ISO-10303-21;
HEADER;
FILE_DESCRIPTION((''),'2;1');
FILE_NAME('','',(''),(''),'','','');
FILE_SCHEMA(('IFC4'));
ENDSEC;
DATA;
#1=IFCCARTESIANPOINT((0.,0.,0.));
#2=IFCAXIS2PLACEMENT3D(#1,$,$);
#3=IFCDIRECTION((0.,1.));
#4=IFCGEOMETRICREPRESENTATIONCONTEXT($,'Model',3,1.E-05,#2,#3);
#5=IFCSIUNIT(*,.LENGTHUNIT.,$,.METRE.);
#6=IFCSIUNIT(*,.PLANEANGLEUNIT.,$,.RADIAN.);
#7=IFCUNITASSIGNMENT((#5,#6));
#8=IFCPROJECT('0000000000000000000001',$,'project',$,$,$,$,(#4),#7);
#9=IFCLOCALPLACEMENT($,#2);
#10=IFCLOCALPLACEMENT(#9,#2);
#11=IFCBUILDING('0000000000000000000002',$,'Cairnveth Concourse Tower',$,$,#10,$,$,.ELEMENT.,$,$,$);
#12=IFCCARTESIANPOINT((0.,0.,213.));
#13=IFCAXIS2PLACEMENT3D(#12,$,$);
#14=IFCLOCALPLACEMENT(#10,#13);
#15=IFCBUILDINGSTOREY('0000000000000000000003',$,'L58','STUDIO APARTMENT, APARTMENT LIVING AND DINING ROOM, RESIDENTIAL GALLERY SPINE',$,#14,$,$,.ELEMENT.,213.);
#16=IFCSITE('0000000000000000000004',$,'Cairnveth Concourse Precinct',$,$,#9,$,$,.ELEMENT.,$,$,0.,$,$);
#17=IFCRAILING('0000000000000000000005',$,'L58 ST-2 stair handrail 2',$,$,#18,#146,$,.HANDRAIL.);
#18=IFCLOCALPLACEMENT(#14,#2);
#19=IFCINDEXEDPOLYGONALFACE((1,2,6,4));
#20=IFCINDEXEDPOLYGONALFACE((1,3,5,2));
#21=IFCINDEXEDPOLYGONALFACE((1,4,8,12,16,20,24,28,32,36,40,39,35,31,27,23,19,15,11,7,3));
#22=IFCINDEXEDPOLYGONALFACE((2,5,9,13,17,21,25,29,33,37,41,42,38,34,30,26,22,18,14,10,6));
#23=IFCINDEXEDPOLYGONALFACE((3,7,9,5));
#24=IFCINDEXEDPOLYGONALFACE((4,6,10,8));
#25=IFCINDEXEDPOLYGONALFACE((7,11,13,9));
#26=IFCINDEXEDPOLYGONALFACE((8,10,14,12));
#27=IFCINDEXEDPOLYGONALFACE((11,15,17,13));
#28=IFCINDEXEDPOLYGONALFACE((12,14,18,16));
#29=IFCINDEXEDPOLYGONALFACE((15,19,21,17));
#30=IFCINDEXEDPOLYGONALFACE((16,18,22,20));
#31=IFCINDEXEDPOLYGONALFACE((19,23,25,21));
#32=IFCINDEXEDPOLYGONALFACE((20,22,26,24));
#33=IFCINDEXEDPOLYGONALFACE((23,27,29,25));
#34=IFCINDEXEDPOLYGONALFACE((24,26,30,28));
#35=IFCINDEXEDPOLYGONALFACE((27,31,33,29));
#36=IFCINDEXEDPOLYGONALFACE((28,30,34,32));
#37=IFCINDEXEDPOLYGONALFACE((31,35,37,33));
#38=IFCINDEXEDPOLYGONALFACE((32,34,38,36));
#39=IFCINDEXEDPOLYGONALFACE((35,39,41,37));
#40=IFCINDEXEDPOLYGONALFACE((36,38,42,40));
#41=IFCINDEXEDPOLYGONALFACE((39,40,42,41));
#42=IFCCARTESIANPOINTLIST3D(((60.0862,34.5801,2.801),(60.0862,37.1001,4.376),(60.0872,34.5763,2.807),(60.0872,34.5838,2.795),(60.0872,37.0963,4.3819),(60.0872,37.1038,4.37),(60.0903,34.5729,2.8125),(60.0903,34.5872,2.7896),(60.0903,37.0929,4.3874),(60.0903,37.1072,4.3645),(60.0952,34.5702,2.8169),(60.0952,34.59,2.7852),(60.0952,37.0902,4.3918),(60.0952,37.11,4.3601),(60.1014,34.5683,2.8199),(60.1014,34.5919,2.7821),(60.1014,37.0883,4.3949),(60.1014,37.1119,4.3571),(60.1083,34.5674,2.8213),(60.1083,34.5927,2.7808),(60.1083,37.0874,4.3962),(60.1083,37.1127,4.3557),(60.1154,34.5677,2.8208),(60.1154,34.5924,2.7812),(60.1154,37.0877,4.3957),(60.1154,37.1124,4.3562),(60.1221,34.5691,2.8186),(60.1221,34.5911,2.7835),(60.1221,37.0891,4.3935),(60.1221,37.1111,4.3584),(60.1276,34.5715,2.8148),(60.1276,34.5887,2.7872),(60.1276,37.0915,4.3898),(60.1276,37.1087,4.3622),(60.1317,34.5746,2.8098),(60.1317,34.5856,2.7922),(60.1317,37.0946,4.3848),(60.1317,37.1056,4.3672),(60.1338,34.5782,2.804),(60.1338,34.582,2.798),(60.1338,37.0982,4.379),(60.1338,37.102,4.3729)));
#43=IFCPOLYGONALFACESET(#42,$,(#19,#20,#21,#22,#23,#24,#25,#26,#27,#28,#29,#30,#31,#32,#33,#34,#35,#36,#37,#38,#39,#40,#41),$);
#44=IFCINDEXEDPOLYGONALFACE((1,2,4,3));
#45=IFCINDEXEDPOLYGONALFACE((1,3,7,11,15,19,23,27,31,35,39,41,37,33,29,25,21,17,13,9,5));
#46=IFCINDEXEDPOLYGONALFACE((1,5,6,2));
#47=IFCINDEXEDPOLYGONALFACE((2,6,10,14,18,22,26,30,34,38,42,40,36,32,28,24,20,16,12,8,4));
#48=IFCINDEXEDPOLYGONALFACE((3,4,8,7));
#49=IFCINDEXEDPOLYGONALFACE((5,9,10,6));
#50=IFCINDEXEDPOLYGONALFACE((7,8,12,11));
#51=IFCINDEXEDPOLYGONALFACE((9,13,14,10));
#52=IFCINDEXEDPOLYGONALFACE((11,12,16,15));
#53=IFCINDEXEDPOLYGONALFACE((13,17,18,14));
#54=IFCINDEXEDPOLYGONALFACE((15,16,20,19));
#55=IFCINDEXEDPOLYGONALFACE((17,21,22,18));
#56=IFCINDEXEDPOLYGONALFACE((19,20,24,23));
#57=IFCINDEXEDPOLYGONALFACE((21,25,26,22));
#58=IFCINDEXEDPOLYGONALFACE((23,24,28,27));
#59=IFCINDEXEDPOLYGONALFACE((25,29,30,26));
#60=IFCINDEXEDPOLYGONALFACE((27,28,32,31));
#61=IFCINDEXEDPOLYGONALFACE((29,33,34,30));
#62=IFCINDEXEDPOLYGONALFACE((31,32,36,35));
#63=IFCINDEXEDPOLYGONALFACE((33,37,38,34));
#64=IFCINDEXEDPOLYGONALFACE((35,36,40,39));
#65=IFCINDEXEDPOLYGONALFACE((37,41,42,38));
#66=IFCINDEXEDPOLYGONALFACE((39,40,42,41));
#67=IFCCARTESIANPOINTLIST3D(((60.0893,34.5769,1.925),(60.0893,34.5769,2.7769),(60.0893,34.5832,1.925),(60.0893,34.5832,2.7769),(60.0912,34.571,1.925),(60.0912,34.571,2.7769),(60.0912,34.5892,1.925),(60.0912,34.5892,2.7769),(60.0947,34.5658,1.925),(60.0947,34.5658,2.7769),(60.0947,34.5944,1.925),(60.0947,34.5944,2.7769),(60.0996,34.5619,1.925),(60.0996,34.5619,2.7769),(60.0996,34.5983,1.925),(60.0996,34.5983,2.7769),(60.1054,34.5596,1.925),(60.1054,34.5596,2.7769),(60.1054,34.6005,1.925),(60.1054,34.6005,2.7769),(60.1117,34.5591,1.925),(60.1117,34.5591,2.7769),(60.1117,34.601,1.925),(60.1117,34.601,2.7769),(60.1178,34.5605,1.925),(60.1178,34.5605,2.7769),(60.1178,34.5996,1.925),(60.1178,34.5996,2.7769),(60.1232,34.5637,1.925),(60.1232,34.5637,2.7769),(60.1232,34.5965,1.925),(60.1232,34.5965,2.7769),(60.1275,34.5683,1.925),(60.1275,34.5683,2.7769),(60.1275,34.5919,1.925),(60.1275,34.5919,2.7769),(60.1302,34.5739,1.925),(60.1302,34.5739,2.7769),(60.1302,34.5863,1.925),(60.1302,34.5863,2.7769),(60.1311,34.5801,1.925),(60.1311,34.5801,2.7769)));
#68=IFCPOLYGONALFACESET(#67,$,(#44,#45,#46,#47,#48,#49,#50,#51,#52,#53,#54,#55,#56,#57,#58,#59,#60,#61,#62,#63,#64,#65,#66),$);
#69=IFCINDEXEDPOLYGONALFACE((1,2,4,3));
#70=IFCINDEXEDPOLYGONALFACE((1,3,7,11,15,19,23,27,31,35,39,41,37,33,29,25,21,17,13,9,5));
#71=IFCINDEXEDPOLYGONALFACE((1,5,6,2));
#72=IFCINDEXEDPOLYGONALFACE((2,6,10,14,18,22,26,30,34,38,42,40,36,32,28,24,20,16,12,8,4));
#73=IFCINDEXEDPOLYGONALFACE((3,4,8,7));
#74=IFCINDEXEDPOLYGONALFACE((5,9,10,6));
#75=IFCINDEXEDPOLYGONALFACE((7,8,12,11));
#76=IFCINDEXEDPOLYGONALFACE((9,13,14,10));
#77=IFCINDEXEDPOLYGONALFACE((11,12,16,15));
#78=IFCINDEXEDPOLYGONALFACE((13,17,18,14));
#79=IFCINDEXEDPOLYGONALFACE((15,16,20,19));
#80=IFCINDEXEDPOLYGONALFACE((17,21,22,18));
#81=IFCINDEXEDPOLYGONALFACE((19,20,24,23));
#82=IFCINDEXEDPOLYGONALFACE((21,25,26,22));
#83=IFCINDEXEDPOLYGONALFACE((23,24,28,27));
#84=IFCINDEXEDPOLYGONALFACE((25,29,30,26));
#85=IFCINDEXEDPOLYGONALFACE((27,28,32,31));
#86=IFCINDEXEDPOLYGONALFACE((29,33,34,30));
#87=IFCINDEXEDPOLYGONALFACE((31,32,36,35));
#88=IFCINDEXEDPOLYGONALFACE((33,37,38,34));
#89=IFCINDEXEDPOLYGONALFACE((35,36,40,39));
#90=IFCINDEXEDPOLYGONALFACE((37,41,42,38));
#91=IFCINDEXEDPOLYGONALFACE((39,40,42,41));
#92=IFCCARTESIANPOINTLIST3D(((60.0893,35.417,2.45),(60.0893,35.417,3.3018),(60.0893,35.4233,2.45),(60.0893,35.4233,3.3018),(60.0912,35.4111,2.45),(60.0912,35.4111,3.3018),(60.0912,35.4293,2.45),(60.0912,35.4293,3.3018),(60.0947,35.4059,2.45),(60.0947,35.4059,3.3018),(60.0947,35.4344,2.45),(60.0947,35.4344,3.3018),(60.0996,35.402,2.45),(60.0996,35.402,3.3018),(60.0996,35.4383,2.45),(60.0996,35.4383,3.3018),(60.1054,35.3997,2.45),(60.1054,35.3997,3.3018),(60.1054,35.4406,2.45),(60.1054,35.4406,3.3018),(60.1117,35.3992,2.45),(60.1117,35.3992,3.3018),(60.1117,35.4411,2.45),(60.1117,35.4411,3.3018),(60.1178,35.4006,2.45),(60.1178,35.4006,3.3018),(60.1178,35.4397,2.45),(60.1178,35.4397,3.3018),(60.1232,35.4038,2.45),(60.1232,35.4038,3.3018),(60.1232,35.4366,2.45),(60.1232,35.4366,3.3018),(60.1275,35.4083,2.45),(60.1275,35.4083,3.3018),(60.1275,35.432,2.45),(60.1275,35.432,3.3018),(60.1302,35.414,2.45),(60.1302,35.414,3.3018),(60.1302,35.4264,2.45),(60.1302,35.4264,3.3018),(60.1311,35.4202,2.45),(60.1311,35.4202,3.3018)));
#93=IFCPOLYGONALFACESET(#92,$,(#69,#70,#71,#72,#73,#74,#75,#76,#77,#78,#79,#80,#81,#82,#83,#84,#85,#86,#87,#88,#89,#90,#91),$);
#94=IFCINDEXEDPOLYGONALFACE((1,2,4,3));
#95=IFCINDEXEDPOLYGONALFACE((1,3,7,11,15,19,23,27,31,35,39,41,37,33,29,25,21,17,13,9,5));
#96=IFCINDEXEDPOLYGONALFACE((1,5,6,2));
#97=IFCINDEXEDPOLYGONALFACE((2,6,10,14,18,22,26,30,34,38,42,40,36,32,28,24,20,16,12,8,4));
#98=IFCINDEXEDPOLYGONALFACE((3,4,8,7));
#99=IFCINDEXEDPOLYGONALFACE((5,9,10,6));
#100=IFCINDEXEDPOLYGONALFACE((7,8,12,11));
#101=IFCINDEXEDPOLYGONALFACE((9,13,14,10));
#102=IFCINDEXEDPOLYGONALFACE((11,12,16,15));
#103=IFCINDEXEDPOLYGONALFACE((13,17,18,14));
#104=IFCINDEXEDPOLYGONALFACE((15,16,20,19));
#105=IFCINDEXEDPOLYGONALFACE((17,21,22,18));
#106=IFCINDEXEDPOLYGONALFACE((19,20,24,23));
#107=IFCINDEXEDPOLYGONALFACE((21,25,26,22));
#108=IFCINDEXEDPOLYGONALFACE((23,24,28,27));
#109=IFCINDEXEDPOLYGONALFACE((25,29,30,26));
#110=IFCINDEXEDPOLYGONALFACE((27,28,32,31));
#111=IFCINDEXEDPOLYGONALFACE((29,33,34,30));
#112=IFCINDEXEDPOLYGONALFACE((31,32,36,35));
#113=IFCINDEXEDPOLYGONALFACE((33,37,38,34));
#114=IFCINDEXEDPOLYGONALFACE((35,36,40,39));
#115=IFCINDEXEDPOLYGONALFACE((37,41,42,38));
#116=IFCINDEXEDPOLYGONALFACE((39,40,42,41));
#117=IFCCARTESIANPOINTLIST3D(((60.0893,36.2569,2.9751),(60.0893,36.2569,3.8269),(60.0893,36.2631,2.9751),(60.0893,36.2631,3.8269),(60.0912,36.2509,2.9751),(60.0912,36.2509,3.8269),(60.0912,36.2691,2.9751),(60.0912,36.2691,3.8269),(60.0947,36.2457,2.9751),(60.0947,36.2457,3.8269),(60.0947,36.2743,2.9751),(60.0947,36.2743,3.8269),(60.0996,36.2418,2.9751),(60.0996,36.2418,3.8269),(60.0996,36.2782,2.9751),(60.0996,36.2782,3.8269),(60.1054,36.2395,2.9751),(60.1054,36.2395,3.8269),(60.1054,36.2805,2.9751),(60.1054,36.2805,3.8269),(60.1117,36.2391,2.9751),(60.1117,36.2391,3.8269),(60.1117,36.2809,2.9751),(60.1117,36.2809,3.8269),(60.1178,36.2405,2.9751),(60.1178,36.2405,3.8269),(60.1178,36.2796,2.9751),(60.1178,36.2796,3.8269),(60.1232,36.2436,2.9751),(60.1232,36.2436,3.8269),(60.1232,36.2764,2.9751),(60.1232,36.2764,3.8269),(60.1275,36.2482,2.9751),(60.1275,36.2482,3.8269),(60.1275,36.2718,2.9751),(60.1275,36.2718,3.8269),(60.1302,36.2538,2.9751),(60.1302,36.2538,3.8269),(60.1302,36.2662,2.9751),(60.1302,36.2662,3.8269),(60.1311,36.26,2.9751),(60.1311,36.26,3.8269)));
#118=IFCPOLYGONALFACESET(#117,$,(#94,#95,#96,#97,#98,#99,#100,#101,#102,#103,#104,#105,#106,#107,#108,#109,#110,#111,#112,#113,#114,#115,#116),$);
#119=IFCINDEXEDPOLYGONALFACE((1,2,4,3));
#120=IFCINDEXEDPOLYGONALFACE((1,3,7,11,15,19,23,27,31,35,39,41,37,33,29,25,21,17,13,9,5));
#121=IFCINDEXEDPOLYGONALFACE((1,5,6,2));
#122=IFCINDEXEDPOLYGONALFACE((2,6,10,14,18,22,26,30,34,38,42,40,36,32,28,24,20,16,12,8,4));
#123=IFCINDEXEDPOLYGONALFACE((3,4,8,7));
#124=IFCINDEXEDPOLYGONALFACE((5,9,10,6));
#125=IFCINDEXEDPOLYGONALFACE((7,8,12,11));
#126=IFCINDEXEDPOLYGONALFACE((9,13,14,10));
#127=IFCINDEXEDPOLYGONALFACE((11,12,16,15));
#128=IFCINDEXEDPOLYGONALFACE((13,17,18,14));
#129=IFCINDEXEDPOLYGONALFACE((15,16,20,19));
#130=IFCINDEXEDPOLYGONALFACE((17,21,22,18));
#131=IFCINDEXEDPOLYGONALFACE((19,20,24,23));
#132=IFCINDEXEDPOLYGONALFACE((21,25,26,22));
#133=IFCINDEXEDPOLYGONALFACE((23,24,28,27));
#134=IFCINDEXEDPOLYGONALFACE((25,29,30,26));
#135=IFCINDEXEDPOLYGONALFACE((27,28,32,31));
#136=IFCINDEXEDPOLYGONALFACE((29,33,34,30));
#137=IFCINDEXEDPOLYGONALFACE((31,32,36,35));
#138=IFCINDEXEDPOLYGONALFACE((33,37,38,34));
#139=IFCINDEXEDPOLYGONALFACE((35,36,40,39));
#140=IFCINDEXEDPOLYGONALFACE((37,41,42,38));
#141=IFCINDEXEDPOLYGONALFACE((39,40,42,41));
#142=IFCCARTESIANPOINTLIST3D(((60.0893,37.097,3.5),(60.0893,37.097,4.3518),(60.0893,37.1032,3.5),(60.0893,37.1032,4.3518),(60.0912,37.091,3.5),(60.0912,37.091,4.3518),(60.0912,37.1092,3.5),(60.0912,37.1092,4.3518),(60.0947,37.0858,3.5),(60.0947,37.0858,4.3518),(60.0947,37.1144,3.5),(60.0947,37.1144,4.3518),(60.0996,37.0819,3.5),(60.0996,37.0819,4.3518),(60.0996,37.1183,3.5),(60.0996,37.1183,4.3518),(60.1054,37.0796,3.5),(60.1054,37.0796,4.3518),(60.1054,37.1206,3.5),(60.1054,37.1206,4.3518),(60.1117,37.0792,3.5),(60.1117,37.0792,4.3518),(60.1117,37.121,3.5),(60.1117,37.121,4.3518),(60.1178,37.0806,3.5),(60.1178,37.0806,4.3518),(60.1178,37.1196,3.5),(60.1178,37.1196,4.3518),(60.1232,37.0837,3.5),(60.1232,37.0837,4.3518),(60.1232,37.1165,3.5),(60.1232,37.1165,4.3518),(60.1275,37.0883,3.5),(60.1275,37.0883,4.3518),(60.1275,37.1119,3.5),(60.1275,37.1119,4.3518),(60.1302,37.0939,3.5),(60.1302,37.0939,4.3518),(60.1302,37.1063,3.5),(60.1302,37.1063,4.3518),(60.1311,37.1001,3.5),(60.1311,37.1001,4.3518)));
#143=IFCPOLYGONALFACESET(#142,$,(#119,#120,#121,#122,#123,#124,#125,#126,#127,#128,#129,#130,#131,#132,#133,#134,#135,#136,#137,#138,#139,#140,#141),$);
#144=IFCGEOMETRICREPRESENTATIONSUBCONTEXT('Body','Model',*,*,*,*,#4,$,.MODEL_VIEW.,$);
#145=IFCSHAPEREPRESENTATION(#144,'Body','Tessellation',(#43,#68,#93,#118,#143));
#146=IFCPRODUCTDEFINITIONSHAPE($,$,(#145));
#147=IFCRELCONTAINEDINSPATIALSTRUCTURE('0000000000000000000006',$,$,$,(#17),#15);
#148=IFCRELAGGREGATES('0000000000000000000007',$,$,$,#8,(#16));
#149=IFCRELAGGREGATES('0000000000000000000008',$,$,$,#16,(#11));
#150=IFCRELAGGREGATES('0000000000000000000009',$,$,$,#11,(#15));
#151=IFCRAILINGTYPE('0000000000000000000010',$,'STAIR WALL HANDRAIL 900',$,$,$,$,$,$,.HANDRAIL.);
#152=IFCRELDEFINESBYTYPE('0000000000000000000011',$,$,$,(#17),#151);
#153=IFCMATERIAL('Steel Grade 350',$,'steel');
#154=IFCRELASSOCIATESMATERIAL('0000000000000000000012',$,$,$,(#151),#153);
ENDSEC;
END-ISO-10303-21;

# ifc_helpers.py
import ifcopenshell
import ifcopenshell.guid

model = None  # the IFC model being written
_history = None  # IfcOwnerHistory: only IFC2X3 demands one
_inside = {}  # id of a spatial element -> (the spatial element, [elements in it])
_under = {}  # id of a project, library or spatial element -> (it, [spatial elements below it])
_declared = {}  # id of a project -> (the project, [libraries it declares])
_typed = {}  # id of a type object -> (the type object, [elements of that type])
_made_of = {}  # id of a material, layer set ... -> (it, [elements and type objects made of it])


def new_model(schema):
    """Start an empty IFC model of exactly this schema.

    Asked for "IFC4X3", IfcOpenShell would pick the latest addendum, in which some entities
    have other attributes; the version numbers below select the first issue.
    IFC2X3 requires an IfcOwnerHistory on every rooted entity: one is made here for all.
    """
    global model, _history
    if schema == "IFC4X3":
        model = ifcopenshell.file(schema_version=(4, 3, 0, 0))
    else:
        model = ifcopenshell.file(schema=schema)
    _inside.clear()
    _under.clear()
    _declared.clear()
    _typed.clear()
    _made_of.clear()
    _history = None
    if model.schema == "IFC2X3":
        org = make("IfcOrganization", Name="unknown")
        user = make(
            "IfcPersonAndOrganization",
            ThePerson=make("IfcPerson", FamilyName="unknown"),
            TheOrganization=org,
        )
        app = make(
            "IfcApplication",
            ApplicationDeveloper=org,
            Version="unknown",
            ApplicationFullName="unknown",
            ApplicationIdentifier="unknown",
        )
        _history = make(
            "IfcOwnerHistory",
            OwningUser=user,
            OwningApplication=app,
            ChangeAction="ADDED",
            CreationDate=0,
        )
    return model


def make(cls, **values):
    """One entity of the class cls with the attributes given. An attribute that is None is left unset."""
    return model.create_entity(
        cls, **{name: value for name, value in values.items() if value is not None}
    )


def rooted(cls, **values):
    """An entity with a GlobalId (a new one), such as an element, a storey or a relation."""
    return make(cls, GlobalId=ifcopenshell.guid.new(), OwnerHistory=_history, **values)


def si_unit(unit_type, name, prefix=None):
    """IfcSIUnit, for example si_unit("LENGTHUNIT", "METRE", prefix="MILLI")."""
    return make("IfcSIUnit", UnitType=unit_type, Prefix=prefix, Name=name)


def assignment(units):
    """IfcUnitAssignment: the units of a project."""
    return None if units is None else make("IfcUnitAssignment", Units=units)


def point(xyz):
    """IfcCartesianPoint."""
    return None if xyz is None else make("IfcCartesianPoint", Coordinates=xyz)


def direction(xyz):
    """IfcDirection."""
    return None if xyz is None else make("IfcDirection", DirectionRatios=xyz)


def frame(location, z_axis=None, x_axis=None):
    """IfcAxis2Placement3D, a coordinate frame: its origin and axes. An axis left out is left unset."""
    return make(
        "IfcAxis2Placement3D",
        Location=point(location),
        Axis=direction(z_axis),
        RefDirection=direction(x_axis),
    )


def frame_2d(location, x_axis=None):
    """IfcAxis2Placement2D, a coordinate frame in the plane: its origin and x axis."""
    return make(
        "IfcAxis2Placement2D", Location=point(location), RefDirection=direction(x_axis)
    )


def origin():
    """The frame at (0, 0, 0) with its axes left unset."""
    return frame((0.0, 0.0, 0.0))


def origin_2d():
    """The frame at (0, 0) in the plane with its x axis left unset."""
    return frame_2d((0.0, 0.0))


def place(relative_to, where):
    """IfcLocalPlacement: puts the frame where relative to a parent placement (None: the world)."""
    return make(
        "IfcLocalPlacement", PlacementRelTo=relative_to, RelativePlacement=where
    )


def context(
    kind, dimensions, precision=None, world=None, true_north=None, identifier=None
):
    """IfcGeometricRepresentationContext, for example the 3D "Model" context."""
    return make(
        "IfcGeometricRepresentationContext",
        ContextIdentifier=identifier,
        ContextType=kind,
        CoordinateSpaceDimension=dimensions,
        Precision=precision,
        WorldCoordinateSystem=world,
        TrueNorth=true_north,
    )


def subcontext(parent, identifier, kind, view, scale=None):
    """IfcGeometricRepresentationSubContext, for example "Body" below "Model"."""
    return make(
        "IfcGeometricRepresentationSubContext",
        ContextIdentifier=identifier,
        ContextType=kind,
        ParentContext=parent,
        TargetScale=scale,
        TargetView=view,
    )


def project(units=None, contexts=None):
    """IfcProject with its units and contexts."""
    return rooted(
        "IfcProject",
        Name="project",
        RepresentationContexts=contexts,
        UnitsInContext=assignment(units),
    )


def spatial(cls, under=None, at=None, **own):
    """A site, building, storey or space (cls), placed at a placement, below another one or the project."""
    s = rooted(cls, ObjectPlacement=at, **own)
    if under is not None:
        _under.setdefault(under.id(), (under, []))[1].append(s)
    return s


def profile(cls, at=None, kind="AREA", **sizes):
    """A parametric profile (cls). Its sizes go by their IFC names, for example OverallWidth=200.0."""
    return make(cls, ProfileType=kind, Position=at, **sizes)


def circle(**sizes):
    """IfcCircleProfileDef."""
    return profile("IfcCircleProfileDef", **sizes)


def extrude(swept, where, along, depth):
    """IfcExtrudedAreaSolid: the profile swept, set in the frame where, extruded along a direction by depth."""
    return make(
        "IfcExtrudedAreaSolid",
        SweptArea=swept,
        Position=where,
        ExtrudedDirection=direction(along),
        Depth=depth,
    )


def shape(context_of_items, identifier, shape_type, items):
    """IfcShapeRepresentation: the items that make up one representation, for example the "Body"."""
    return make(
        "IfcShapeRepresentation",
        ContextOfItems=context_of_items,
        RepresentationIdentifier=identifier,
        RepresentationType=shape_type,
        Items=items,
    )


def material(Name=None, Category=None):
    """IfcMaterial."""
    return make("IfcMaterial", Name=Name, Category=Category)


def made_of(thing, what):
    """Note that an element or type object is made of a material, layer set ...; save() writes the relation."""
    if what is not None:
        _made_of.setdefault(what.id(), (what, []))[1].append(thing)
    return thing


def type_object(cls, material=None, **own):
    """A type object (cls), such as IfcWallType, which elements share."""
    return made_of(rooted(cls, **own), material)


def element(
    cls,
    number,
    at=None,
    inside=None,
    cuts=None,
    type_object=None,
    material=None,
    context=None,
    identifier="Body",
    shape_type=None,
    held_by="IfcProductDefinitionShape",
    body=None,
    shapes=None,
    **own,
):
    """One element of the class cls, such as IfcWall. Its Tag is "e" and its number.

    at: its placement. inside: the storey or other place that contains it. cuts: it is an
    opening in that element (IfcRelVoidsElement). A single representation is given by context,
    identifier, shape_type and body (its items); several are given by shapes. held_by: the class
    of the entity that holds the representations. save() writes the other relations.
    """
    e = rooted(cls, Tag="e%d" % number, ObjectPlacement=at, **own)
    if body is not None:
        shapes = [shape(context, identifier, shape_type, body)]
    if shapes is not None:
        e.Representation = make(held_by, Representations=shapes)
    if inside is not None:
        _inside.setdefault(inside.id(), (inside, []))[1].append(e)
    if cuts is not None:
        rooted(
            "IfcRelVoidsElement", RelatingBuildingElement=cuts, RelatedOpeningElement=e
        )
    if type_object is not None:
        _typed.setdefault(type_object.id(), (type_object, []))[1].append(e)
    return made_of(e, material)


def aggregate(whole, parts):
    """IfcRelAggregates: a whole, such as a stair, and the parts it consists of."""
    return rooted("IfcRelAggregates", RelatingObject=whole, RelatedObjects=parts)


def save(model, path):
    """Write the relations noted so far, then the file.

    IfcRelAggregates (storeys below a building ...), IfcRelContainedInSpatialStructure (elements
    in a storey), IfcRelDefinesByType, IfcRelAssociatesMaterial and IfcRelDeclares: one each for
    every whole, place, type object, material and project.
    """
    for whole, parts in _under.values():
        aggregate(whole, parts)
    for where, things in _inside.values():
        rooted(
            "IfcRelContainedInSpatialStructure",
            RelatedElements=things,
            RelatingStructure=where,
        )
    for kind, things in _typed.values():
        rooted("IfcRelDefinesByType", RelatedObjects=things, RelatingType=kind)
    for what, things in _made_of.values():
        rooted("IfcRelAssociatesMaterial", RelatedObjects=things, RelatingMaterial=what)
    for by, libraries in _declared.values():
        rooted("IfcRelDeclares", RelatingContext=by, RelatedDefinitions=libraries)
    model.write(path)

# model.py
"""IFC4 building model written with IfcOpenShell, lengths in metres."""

from ifc_helpers import new_model, si_unit, direction, frame, origin, origin_2d, place, context, subcontext, project, spatial, circle, extrude, material, type_object, element, save


model = new_model("IFC4")

# Units and contexts
model_context = context("Model", 3, precision=1e-05, world=origin(), true_north=direction((0.0, 1.0)))
body_context = subcontext(model_context, "Body", "Model", "MODEL_VIEW")
ifc_project = project(units=[si_unit("LENGTHUNIT", "METRE"), si_unit("PLANEANGLEUNIT", "RADIAN")], contexts=[model_context])

# Site, building, storey
site_placement = place(None, origin())
site = spatial("IfcSite", under=ifc_project, at=site_placement, Name="Cairnveth Concourse Precinct", CompositionType="ELEMENT", RefElevation=0.0)
building_placement = place(site_placement, origin())
building = spatial("IfcBuilding", under=site, at=building_placement, Name="Cairnveth Concourse Tower", CompositionType="ELEMENT")
storey_placement = place(building_placement, frame((0.0, 0.0, 213.0)))
storey = spatial("IfcBuildingStorey", under=building, at=storey_placement, Name="L58", Description="STUDIO APARTMENT, APARTMENT LIVING AND DINING ROOM, RESIDENTIAL GALLERY SPINE", CompositionType="ELEMENT", Elevation=213.0)

# Shared definitions
ifc_material_1 = material(Name="Steel Grade 350", Category="steel")

# Railing
railing_type_1 = type_object("IfcRailingType", Name="STAIR WALL HANDRAIL 900", PredefinedType="HANDRAIL", material=ifc_material_1)
railing_1_placement = place(storey_placement, frame((60.1101, 34.5801, 1.925)))
element("IfcRailing", 1, at=railing_1_placement, inside=storey, type_object=railing_type_1, Name="L58 ST-2 stair handrail 2", PredefinedType="HANDRAIL", context=body_context, shape_type="SweptSolid", body=[
    extrude(circle(Radius=0.0239, at=origin_2d()), frame((0.0, 0.0, 0.876), z_axis=(0.0, 0.848008, 0.529984), x_axis=(-1.0, 0.0, 0.0)), (0.0, 0.0, 1.0), 2.9717),
    extrude(circle(Radius=0.021, at=origin_2d()), origin(), (0.0, 0.0, 1.0), 0.8518),
    extrude(circle(Radius=0.021, at=origin_2d()), frame((0.0, 0.8401, 0.5249)), (0.0, 0.0, 1.0), 0.8518),
    extrude(circle(Radius=0.021, at=origin_2d()), frame((0.0, 1.6799, 1.05)), (0.0, 0.0, 1.0), 0.8518),
    extrude(circle(Radius=0.021, at=origin_2d()), frame((0.0, 2.52, 1.575)), (0.0, 0.0, 1.0), 0.8518),
])

save(model, "model.ifc")
